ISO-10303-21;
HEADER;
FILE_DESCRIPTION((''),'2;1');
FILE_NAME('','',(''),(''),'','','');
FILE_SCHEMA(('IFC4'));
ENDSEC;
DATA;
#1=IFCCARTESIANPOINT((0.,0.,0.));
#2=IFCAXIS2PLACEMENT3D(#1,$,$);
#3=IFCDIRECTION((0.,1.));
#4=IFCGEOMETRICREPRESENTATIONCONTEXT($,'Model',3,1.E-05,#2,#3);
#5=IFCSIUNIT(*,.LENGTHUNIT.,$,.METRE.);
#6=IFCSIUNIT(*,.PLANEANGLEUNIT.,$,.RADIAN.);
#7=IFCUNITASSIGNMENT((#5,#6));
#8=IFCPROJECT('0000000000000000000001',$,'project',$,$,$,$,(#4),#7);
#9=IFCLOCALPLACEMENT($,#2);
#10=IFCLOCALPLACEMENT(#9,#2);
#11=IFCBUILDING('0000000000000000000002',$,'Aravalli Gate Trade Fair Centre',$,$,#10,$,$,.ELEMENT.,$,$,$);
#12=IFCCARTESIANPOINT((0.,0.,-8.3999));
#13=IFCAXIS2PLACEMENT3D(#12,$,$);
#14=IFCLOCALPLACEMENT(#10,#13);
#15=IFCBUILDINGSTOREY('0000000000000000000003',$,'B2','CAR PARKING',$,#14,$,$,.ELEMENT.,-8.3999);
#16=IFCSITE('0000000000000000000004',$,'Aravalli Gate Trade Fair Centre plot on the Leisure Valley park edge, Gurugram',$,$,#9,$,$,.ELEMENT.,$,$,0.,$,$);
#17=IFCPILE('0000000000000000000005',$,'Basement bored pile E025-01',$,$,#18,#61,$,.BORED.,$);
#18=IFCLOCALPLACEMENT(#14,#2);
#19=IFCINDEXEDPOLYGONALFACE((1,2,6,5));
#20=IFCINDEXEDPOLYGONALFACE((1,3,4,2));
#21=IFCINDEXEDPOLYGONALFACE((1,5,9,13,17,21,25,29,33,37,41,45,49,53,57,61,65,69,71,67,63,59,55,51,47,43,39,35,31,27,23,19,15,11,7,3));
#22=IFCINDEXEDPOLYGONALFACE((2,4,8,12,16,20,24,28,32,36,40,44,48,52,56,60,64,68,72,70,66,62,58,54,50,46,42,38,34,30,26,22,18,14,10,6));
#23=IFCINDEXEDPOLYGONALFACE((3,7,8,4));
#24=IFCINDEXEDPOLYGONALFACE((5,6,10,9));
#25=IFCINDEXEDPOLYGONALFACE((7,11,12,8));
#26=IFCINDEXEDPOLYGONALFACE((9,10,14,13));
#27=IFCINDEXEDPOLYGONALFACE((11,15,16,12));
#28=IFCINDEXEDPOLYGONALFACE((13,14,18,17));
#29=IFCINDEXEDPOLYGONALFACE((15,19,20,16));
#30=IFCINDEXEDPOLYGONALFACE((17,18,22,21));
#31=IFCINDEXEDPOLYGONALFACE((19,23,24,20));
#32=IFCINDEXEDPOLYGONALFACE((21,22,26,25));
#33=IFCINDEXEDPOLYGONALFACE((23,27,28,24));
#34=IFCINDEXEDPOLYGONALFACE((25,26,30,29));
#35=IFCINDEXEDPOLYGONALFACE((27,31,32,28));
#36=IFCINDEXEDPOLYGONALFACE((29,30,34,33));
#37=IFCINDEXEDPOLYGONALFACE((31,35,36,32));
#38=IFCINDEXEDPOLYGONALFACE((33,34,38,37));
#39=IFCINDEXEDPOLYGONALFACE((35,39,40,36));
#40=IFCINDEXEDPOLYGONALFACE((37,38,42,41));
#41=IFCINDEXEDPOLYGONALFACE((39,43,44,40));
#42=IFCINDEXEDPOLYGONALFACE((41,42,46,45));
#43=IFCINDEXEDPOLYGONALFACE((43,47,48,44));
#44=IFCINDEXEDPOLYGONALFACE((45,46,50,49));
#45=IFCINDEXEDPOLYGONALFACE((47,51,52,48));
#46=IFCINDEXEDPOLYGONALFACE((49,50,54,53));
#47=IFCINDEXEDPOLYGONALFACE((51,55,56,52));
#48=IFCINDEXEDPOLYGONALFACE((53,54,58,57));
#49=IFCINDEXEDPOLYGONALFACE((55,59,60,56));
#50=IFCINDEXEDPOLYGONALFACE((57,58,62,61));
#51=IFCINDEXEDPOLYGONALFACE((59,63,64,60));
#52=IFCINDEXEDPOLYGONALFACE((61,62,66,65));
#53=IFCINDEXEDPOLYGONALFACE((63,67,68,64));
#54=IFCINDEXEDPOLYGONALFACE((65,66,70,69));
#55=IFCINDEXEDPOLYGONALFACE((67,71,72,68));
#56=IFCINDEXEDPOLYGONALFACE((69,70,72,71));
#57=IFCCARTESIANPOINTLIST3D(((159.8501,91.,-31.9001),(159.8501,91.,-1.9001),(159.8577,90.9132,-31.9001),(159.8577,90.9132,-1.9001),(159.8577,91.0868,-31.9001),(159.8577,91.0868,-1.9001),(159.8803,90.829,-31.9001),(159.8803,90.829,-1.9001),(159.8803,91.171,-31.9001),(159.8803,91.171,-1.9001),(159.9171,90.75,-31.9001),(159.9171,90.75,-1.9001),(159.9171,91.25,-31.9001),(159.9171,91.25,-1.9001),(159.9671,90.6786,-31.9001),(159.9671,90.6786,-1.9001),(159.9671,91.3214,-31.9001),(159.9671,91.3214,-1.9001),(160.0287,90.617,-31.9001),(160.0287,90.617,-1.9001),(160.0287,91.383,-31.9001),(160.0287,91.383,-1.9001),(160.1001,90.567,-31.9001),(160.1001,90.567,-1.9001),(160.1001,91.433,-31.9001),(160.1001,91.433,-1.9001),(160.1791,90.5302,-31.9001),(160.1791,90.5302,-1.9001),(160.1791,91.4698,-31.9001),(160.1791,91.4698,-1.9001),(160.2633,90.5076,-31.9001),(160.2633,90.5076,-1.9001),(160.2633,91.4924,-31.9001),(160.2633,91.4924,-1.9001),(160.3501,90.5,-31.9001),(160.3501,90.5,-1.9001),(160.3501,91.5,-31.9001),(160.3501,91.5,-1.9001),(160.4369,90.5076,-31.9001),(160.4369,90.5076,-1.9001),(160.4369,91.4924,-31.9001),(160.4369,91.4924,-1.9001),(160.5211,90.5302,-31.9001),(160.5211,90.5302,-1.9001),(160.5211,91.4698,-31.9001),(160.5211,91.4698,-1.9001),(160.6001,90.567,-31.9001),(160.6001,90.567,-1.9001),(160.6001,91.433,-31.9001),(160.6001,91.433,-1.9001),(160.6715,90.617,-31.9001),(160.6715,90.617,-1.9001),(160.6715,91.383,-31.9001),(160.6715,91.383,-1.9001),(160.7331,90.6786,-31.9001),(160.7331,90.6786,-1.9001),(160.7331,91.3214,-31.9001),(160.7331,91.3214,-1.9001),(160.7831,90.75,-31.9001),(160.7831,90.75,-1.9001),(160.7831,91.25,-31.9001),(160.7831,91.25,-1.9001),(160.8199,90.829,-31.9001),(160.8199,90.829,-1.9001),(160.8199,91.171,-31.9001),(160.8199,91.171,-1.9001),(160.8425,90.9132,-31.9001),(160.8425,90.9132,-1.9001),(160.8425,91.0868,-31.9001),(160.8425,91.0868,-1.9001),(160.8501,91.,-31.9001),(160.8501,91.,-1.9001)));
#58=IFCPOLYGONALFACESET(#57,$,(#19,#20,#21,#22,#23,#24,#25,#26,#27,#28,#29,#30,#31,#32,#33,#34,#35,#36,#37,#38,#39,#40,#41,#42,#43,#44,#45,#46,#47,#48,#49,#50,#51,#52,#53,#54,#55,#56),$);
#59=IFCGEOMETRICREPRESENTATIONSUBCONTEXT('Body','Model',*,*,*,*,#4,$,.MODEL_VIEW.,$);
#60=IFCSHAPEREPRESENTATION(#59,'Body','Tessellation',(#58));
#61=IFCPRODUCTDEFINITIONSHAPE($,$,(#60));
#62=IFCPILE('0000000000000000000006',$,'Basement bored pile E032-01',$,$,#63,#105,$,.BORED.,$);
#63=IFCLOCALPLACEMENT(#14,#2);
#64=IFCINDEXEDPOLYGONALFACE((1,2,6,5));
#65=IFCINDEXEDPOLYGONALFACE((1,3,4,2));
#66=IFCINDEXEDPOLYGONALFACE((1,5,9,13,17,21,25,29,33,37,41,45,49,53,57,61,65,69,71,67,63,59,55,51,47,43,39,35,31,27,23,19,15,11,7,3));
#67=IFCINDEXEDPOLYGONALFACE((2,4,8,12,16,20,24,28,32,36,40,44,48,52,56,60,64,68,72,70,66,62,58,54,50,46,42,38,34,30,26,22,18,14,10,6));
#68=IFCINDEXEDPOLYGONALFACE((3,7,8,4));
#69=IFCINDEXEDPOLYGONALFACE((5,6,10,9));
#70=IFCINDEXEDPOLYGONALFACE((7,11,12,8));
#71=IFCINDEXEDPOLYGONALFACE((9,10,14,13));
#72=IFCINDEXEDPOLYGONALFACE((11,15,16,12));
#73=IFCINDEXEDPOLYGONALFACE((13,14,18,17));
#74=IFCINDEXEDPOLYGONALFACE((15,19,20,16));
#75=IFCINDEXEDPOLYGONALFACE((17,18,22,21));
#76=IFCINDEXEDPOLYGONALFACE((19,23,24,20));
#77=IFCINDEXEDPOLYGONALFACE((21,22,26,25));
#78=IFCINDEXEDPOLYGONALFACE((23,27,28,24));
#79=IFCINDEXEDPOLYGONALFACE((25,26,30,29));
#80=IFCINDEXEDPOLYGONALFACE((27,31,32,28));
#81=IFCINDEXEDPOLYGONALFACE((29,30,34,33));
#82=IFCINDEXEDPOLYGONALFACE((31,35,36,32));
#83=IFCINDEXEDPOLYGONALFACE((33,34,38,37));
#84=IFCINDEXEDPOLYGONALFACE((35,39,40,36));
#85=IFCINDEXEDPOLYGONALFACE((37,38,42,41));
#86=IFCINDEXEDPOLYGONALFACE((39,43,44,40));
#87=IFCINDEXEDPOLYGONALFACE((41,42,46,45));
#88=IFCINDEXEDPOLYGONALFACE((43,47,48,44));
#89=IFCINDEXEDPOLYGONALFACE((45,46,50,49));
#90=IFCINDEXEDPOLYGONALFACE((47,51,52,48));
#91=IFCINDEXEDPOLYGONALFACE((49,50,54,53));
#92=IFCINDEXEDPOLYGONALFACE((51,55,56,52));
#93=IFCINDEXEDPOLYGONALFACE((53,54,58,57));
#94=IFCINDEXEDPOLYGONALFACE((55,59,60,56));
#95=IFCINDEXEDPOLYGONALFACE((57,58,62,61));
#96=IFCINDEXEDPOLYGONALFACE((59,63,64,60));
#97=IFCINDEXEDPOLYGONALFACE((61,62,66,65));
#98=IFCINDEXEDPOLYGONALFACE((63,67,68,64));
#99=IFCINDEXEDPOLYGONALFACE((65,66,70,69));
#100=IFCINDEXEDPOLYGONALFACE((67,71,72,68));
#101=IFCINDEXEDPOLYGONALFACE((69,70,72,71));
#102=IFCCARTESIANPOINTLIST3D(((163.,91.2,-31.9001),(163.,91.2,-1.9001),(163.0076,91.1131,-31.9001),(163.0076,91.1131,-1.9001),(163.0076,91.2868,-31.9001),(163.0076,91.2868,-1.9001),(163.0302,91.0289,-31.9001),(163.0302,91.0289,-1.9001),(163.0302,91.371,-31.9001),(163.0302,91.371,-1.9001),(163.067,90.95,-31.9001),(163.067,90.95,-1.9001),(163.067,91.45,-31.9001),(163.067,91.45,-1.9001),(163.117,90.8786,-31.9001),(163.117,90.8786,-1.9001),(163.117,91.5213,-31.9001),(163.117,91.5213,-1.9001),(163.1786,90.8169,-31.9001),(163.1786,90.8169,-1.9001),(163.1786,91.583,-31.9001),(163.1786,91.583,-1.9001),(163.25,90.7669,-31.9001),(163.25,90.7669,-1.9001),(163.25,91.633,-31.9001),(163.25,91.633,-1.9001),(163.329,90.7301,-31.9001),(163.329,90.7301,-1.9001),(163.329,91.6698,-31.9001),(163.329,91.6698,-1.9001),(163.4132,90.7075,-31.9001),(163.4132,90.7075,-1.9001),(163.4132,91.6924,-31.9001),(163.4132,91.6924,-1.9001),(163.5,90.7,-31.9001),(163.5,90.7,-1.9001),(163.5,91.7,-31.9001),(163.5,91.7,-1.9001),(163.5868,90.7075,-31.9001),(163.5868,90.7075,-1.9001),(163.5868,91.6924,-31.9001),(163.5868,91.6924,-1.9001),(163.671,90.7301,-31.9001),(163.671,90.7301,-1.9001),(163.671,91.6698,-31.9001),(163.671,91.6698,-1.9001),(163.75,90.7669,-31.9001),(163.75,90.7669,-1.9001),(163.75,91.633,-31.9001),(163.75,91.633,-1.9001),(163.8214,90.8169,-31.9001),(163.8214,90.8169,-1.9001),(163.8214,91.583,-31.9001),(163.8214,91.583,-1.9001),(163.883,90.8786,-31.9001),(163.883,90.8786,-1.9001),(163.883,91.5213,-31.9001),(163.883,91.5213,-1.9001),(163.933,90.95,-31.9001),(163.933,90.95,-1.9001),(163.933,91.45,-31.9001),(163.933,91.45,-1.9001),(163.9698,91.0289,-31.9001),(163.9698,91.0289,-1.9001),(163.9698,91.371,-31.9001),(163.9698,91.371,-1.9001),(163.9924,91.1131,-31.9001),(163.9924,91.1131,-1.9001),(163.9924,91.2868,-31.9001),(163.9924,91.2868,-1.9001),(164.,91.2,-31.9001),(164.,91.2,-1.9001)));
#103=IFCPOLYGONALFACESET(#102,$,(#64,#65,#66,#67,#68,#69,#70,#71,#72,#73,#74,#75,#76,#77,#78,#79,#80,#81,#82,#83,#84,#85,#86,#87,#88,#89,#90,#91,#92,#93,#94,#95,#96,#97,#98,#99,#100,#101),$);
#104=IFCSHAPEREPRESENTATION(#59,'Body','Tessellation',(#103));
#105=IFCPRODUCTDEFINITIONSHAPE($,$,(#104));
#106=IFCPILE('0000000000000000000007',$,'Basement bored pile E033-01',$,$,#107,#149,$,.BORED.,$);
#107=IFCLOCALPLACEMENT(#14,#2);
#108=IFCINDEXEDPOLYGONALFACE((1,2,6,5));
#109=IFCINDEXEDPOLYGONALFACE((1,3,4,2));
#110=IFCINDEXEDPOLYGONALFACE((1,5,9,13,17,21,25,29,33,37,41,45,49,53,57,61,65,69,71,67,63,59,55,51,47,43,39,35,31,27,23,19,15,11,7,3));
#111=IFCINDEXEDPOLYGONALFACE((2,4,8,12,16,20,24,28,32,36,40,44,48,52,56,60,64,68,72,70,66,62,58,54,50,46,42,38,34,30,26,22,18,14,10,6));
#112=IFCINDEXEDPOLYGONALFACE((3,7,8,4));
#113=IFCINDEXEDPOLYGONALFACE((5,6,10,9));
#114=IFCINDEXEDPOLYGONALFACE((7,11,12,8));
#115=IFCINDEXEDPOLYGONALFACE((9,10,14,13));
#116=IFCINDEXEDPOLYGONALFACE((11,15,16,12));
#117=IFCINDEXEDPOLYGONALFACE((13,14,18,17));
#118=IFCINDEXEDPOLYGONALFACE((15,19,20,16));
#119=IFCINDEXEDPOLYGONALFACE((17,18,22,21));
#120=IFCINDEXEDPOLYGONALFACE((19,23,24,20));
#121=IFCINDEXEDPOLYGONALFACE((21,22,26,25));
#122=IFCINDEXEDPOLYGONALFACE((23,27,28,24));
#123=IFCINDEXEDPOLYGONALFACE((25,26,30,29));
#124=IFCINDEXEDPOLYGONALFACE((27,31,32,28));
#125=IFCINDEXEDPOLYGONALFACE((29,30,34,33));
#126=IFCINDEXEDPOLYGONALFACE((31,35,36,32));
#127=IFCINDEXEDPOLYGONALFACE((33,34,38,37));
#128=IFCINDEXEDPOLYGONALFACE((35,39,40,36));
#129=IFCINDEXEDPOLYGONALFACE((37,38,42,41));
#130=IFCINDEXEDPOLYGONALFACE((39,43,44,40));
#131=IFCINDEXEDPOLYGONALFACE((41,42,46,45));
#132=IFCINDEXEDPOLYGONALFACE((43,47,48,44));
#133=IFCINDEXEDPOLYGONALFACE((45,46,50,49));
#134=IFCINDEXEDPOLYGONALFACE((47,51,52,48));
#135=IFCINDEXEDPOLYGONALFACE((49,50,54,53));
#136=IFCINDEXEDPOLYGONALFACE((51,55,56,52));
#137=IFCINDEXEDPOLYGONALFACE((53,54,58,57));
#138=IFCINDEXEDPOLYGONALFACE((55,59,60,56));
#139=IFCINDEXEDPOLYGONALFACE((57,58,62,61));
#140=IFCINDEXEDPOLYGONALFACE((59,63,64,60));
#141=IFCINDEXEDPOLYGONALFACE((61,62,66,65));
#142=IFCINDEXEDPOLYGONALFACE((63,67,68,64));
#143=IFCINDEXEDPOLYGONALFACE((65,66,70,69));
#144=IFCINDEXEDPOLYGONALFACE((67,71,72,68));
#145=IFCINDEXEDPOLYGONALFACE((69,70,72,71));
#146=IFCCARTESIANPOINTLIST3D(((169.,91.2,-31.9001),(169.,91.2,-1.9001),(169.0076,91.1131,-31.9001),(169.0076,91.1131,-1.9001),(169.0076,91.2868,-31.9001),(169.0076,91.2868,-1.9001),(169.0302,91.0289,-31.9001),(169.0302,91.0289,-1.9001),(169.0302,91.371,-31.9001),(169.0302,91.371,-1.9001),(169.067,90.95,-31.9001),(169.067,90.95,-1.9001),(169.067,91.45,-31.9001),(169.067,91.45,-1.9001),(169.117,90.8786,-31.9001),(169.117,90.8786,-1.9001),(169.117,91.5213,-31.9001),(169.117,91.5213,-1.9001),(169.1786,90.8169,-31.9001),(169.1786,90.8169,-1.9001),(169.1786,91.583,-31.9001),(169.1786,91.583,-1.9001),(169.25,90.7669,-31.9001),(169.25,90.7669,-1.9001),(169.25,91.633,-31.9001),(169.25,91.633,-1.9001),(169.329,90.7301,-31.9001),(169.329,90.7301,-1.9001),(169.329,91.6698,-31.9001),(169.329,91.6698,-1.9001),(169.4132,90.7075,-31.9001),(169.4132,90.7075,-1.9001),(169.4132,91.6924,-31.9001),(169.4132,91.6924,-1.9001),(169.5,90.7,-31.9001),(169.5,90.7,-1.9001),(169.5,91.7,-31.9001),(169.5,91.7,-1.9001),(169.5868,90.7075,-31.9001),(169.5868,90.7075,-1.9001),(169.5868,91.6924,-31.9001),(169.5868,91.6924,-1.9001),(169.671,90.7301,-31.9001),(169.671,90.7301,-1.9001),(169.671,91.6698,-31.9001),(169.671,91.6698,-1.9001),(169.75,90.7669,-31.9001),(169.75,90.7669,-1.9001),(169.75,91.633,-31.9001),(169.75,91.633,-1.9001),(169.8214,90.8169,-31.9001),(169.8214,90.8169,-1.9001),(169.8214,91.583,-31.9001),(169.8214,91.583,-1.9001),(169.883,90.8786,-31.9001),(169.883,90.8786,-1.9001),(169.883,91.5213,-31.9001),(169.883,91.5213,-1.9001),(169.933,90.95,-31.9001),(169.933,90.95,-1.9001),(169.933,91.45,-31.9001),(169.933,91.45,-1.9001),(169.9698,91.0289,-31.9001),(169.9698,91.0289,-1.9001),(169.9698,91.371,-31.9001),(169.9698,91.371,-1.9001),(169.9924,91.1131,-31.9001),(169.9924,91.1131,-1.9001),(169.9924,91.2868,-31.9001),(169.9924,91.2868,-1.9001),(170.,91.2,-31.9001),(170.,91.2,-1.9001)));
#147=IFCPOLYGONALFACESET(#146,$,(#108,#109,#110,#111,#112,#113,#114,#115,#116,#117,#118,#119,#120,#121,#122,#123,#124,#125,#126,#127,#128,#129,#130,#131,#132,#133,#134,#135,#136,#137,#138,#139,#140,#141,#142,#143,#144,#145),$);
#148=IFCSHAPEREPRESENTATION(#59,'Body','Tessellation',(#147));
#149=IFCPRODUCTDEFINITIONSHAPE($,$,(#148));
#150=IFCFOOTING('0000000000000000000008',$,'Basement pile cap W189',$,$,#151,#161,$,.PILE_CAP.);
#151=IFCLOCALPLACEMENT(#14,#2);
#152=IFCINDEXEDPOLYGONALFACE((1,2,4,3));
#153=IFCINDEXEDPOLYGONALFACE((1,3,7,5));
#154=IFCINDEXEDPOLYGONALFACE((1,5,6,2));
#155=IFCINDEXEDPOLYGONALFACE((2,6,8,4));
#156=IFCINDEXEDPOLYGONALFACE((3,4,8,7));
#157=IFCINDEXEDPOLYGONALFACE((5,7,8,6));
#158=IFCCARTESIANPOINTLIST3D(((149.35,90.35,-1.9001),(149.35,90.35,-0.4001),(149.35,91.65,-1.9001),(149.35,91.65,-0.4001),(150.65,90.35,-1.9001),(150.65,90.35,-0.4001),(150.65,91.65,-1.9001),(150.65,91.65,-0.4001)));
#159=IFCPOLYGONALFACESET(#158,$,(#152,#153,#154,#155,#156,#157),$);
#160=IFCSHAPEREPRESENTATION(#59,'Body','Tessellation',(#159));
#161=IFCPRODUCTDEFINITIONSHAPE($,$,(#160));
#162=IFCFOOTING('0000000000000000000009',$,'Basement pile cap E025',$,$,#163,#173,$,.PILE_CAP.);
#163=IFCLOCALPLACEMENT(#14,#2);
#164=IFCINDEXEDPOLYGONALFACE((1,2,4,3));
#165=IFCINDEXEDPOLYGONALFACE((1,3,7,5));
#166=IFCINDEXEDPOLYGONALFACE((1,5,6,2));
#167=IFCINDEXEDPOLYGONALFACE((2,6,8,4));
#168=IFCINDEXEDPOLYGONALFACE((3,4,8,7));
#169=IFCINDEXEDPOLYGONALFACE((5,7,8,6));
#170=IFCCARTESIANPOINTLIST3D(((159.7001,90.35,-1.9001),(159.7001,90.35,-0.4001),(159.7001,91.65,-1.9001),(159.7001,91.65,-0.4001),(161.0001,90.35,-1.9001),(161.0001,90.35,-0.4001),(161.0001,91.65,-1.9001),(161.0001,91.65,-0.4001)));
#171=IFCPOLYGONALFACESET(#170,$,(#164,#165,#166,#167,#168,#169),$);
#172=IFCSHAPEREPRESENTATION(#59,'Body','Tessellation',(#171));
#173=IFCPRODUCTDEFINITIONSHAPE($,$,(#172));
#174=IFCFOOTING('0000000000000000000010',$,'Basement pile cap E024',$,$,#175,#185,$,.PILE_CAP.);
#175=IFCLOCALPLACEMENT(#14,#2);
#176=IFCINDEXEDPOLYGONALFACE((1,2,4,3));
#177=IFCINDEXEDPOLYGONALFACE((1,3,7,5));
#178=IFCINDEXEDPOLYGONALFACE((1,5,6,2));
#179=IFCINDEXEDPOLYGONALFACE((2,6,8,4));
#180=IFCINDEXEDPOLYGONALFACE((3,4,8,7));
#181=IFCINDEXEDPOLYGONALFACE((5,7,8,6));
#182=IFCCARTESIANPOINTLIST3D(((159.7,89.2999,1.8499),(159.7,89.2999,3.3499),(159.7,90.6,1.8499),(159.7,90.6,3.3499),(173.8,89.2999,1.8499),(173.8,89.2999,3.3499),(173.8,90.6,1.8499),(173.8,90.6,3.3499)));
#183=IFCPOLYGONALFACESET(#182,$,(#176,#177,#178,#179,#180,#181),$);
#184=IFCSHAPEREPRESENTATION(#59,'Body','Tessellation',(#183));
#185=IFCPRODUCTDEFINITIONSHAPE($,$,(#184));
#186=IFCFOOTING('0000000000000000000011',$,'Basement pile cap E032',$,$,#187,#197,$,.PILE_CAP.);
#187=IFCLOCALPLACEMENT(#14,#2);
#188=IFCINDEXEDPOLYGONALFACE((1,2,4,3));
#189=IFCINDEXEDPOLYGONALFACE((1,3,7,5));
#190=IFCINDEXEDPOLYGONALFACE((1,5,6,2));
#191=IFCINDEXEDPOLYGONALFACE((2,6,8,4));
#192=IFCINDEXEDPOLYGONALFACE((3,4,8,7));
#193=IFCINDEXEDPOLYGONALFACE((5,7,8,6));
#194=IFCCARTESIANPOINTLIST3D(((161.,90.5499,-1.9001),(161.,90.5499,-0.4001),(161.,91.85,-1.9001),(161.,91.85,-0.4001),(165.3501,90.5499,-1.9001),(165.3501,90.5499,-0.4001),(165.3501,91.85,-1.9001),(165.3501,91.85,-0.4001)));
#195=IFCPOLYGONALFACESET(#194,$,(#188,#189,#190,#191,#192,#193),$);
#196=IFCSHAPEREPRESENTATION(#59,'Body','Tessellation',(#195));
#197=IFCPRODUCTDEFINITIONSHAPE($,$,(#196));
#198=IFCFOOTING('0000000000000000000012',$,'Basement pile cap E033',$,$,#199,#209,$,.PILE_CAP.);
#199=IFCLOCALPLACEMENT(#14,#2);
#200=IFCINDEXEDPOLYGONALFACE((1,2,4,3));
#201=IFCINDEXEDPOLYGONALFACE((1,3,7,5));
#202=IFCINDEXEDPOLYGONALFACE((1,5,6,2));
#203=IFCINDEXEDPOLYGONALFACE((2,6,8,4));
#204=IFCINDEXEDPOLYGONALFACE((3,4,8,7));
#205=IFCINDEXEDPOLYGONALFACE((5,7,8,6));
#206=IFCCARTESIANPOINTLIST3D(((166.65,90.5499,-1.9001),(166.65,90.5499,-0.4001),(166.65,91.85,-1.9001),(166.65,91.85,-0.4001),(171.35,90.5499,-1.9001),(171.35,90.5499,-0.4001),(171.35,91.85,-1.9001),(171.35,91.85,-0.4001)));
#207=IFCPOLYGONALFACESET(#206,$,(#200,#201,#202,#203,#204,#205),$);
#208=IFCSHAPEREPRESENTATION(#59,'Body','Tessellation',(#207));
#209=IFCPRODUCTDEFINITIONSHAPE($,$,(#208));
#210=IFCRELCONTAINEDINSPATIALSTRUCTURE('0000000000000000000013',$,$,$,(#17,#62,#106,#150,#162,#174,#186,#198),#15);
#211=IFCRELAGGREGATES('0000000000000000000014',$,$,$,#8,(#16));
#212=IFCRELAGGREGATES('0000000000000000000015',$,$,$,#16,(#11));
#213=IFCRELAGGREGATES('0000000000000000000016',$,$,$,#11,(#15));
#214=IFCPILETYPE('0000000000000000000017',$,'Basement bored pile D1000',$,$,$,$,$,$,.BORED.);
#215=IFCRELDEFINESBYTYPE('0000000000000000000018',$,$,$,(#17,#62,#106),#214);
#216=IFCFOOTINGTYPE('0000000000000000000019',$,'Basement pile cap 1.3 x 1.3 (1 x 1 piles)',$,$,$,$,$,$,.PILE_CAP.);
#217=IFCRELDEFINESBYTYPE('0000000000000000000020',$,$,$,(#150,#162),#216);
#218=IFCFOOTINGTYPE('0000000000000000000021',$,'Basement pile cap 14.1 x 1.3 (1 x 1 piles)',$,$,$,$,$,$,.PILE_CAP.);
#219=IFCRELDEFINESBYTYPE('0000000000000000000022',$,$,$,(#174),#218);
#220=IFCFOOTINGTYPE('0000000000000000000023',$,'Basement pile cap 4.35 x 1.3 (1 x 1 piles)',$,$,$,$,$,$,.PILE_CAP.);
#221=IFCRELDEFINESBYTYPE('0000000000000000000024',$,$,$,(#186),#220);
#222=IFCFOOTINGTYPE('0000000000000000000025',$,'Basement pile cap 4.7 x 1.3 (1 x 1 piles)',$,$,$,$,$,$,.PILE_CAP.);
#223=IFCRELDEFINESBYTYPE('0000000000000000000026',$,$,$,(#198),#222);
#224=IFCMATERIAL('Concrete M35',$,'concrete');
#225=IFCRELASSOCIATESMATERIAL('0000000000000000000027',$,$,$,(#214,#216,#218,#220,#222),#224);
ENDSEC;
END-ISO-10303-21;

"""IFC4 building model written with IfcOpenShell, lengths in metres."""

from ifc_helpers import new_model, si_unit, direction, frame, origin, origin_2d, place, context, subcontext, project, spatial, rectangle, circle, extrude, material, material_profile, profile_set, type_object, element, save


model = new_model("IFC4")

# Units and contexts
model_context = context("Model", 3, precision=1e-05, world=origin(), true_north=direction((0.0, 1.0)))
body_context = subcontext(model_context, "Body", "Model", "MODEL_VIEW")
ifc_project = project(units=[si_unit("LENGTHUNIT", "METRE"), si_unit("PLANEANGLEUNIT", "RADIAN")], contexts=[model_context])

# Site, building, storey
site_placement = place(None, origin())
site = spatial("IfcSite", under=ifc_project, at=site_placement, Name="Aravalli Gate Trade Fair Centre plot on the Leisure Valley park edge, Gurugram", CompositionType="ELEMENT", RefElevation=0.0)
building_placement = place(site_placement, origin())
building = spatial("IfcBuilding", under=site, at=building_placement, Name="Aravalli Gate Trade Fair Centre", CompositionType="ELEMENT")
storey_placement = place(building_placement, frame((0.0, 0.0, -8.3999)))
storey = spatial("IfcBuildingStorey", under=building, at=storey_placement, Name="B2", Description="CAR PARKING", CompositionType="ELEMENT", Elevation=-8.3999)

# Piles
ifc_material_1 = material(Name="Concrete M35", Category="concrete")
ifc_material_profile_1 = material_profile(ifc_material_1, circle(Radius=0.5, at=origin_2d()), Name="D1000")
ifc_profile_set_1 = profile_set([ifc_material_profile_1], Name="Concrete M35")
pile_type = type_object("IfcPileType", Name="Basement bored pile D1000", PredefinedType="BORED", material=ifc_profile_set_1)
for number, where, z_axis, x_axis, name in (
    (1, (160.3501, 91.0, -1.9001), (0.0, 0.0, -1.0), (1.0, 0.0, 0.0), "Basement bored pile E025-01"),
    (2, (163.5, 91.2, -1.9001), (0.0, 0.0, -1.0), (1.0, 0.0, 0.0), "Basement bored pile E032-01"),
    (3, (169.5, 91.2, -1.9001), (0.0, 0.0, -1.0), (1.0, 0.0, 0.0), "Basement bored pile E033-01"),
):
    element("IfcPile", number, at=place(storey_placement, frame(where, z_axis=z_axis, x_axis=x_axis)), inside=storey, type_object=pile_type, Name=name, PredefinedType="BORED", context=body_context, shape_type="SweptSolid", body=[
        extrude(circle(Radius=0.5, at=origin_2d()), origin(), (0.0, 0.0, 1.0), 30.0),
    ])

# Footings
footing_type_1 = type_object("IfcFootingType", Name="Basement pile cap 1.3 x 1.3 (1 x 1 piles)", PredefinedType="PILE_CAP", material=ifc_material_1)
for number, where, z_axis, x_axis, name in (
    (4, (150.0, 91.0, -1.9001), (0.0, 0.0, 1.0), (1.0, 0.0, 0.0), "Basement pile cap W189"),
    (5, (160.3501, 91.0, -1.9001), (0.0, 0.0, 1.0), (1.0, 0.0, 0.0), "Basement pile cap E025"),
):
    element("IfcFooting", number, at=place(storey_placement, frame(where, z_axis=z_axis, x_axis=x_axis)), inside=storey, type_object=footing_type_1, Name=name, PredefinedType="PILE_CAP", context=body_context, shape_type="SweptSolid", body=[
        extrude(rectangle(XDim=1.3, YDim=1.3, at=origin_2d()), origin(), (0.0, 0.0, 1.0), 1.5),
    ])
footing_type_2 = type_object("IfcFootingType", Name="Basement pile cap 14.1 x 1.3 (1 x 1 piles)", PredefinedType="PILE_CAP", material=ifc_material_1)
footing_1_placement = place(storey_placement, frame((166.75, 89.95, 1.8499), z_axis=(0.0, 0.0, 1.0), x_axis=(1.0, 0.0, 0.0)))
element("IfcFooting", 6, at=footing_1_placement, inside=storey, type_object=footing_type_2, Name="Basement pile cap E024", PredefinedType="PILE_CAP", context=body_context, shape_type="SweptSolid", body=[
    extrude(rectangle(XDim=14.1001, YDim=1.3, at=origin_2d()), origin(), (0.0, 0.0, 1.0), 1.5),
])
footing_type_3 = type_object("IfcFootingType", Name="Basement pile cap 4.35 x 1.3 (1 x 1 piles)", PredefinedType="PILE_CAP", material=ifc_material_1)
footing_2_placement = place(storey_placement, frame((163.175, 91.2, -1.9001), z_axis=(0.0, 0.0, 1.0), x_axis=(1.0, 0.0, 0.0)))
element("IfcFooting", 7, at=footing_2_placement, inside=storey, type_object=footing_type_3, Name="Basement pile cap E032", PredefinedType="PILE_CAP", context=body_context, shape_type="SweptSolid", body=[
    extrude(rectangle(XDim=4.3501, YDim=1.3, at=origin_2d()), origin(), (0.0, 0.0, 1.0), 1.5),
])
footing_type_4 = type_object("IfcFootingType", Name="Basement pile cap 4.7 x 1.3 (1 x 1 piles)", PredefinedType="PILE_CAP", material=ifc_material_1)
footing_3_placement = place(storey_placement, frame((169.0, 91.2, -1.9001), z_axis=(0.0, 0.0, 1.0), x_axis=(1.0, 0.0, 0.0)))
element("IfcFooting", 8, at=footing_3_placement, inside=storey, type_object=footing_type_4, Name="Basement pile cap E033", PredefinedType="PILE_CAP", context=body_context, shape_type="SweptSolid", body=[
    extrude(rectangle(XDim=4.7, YDim=1.3, at=origin_2d()), origin(), (0.0, 0.0, 1.0), 1.5),
])

save(model, "model.ifc")
